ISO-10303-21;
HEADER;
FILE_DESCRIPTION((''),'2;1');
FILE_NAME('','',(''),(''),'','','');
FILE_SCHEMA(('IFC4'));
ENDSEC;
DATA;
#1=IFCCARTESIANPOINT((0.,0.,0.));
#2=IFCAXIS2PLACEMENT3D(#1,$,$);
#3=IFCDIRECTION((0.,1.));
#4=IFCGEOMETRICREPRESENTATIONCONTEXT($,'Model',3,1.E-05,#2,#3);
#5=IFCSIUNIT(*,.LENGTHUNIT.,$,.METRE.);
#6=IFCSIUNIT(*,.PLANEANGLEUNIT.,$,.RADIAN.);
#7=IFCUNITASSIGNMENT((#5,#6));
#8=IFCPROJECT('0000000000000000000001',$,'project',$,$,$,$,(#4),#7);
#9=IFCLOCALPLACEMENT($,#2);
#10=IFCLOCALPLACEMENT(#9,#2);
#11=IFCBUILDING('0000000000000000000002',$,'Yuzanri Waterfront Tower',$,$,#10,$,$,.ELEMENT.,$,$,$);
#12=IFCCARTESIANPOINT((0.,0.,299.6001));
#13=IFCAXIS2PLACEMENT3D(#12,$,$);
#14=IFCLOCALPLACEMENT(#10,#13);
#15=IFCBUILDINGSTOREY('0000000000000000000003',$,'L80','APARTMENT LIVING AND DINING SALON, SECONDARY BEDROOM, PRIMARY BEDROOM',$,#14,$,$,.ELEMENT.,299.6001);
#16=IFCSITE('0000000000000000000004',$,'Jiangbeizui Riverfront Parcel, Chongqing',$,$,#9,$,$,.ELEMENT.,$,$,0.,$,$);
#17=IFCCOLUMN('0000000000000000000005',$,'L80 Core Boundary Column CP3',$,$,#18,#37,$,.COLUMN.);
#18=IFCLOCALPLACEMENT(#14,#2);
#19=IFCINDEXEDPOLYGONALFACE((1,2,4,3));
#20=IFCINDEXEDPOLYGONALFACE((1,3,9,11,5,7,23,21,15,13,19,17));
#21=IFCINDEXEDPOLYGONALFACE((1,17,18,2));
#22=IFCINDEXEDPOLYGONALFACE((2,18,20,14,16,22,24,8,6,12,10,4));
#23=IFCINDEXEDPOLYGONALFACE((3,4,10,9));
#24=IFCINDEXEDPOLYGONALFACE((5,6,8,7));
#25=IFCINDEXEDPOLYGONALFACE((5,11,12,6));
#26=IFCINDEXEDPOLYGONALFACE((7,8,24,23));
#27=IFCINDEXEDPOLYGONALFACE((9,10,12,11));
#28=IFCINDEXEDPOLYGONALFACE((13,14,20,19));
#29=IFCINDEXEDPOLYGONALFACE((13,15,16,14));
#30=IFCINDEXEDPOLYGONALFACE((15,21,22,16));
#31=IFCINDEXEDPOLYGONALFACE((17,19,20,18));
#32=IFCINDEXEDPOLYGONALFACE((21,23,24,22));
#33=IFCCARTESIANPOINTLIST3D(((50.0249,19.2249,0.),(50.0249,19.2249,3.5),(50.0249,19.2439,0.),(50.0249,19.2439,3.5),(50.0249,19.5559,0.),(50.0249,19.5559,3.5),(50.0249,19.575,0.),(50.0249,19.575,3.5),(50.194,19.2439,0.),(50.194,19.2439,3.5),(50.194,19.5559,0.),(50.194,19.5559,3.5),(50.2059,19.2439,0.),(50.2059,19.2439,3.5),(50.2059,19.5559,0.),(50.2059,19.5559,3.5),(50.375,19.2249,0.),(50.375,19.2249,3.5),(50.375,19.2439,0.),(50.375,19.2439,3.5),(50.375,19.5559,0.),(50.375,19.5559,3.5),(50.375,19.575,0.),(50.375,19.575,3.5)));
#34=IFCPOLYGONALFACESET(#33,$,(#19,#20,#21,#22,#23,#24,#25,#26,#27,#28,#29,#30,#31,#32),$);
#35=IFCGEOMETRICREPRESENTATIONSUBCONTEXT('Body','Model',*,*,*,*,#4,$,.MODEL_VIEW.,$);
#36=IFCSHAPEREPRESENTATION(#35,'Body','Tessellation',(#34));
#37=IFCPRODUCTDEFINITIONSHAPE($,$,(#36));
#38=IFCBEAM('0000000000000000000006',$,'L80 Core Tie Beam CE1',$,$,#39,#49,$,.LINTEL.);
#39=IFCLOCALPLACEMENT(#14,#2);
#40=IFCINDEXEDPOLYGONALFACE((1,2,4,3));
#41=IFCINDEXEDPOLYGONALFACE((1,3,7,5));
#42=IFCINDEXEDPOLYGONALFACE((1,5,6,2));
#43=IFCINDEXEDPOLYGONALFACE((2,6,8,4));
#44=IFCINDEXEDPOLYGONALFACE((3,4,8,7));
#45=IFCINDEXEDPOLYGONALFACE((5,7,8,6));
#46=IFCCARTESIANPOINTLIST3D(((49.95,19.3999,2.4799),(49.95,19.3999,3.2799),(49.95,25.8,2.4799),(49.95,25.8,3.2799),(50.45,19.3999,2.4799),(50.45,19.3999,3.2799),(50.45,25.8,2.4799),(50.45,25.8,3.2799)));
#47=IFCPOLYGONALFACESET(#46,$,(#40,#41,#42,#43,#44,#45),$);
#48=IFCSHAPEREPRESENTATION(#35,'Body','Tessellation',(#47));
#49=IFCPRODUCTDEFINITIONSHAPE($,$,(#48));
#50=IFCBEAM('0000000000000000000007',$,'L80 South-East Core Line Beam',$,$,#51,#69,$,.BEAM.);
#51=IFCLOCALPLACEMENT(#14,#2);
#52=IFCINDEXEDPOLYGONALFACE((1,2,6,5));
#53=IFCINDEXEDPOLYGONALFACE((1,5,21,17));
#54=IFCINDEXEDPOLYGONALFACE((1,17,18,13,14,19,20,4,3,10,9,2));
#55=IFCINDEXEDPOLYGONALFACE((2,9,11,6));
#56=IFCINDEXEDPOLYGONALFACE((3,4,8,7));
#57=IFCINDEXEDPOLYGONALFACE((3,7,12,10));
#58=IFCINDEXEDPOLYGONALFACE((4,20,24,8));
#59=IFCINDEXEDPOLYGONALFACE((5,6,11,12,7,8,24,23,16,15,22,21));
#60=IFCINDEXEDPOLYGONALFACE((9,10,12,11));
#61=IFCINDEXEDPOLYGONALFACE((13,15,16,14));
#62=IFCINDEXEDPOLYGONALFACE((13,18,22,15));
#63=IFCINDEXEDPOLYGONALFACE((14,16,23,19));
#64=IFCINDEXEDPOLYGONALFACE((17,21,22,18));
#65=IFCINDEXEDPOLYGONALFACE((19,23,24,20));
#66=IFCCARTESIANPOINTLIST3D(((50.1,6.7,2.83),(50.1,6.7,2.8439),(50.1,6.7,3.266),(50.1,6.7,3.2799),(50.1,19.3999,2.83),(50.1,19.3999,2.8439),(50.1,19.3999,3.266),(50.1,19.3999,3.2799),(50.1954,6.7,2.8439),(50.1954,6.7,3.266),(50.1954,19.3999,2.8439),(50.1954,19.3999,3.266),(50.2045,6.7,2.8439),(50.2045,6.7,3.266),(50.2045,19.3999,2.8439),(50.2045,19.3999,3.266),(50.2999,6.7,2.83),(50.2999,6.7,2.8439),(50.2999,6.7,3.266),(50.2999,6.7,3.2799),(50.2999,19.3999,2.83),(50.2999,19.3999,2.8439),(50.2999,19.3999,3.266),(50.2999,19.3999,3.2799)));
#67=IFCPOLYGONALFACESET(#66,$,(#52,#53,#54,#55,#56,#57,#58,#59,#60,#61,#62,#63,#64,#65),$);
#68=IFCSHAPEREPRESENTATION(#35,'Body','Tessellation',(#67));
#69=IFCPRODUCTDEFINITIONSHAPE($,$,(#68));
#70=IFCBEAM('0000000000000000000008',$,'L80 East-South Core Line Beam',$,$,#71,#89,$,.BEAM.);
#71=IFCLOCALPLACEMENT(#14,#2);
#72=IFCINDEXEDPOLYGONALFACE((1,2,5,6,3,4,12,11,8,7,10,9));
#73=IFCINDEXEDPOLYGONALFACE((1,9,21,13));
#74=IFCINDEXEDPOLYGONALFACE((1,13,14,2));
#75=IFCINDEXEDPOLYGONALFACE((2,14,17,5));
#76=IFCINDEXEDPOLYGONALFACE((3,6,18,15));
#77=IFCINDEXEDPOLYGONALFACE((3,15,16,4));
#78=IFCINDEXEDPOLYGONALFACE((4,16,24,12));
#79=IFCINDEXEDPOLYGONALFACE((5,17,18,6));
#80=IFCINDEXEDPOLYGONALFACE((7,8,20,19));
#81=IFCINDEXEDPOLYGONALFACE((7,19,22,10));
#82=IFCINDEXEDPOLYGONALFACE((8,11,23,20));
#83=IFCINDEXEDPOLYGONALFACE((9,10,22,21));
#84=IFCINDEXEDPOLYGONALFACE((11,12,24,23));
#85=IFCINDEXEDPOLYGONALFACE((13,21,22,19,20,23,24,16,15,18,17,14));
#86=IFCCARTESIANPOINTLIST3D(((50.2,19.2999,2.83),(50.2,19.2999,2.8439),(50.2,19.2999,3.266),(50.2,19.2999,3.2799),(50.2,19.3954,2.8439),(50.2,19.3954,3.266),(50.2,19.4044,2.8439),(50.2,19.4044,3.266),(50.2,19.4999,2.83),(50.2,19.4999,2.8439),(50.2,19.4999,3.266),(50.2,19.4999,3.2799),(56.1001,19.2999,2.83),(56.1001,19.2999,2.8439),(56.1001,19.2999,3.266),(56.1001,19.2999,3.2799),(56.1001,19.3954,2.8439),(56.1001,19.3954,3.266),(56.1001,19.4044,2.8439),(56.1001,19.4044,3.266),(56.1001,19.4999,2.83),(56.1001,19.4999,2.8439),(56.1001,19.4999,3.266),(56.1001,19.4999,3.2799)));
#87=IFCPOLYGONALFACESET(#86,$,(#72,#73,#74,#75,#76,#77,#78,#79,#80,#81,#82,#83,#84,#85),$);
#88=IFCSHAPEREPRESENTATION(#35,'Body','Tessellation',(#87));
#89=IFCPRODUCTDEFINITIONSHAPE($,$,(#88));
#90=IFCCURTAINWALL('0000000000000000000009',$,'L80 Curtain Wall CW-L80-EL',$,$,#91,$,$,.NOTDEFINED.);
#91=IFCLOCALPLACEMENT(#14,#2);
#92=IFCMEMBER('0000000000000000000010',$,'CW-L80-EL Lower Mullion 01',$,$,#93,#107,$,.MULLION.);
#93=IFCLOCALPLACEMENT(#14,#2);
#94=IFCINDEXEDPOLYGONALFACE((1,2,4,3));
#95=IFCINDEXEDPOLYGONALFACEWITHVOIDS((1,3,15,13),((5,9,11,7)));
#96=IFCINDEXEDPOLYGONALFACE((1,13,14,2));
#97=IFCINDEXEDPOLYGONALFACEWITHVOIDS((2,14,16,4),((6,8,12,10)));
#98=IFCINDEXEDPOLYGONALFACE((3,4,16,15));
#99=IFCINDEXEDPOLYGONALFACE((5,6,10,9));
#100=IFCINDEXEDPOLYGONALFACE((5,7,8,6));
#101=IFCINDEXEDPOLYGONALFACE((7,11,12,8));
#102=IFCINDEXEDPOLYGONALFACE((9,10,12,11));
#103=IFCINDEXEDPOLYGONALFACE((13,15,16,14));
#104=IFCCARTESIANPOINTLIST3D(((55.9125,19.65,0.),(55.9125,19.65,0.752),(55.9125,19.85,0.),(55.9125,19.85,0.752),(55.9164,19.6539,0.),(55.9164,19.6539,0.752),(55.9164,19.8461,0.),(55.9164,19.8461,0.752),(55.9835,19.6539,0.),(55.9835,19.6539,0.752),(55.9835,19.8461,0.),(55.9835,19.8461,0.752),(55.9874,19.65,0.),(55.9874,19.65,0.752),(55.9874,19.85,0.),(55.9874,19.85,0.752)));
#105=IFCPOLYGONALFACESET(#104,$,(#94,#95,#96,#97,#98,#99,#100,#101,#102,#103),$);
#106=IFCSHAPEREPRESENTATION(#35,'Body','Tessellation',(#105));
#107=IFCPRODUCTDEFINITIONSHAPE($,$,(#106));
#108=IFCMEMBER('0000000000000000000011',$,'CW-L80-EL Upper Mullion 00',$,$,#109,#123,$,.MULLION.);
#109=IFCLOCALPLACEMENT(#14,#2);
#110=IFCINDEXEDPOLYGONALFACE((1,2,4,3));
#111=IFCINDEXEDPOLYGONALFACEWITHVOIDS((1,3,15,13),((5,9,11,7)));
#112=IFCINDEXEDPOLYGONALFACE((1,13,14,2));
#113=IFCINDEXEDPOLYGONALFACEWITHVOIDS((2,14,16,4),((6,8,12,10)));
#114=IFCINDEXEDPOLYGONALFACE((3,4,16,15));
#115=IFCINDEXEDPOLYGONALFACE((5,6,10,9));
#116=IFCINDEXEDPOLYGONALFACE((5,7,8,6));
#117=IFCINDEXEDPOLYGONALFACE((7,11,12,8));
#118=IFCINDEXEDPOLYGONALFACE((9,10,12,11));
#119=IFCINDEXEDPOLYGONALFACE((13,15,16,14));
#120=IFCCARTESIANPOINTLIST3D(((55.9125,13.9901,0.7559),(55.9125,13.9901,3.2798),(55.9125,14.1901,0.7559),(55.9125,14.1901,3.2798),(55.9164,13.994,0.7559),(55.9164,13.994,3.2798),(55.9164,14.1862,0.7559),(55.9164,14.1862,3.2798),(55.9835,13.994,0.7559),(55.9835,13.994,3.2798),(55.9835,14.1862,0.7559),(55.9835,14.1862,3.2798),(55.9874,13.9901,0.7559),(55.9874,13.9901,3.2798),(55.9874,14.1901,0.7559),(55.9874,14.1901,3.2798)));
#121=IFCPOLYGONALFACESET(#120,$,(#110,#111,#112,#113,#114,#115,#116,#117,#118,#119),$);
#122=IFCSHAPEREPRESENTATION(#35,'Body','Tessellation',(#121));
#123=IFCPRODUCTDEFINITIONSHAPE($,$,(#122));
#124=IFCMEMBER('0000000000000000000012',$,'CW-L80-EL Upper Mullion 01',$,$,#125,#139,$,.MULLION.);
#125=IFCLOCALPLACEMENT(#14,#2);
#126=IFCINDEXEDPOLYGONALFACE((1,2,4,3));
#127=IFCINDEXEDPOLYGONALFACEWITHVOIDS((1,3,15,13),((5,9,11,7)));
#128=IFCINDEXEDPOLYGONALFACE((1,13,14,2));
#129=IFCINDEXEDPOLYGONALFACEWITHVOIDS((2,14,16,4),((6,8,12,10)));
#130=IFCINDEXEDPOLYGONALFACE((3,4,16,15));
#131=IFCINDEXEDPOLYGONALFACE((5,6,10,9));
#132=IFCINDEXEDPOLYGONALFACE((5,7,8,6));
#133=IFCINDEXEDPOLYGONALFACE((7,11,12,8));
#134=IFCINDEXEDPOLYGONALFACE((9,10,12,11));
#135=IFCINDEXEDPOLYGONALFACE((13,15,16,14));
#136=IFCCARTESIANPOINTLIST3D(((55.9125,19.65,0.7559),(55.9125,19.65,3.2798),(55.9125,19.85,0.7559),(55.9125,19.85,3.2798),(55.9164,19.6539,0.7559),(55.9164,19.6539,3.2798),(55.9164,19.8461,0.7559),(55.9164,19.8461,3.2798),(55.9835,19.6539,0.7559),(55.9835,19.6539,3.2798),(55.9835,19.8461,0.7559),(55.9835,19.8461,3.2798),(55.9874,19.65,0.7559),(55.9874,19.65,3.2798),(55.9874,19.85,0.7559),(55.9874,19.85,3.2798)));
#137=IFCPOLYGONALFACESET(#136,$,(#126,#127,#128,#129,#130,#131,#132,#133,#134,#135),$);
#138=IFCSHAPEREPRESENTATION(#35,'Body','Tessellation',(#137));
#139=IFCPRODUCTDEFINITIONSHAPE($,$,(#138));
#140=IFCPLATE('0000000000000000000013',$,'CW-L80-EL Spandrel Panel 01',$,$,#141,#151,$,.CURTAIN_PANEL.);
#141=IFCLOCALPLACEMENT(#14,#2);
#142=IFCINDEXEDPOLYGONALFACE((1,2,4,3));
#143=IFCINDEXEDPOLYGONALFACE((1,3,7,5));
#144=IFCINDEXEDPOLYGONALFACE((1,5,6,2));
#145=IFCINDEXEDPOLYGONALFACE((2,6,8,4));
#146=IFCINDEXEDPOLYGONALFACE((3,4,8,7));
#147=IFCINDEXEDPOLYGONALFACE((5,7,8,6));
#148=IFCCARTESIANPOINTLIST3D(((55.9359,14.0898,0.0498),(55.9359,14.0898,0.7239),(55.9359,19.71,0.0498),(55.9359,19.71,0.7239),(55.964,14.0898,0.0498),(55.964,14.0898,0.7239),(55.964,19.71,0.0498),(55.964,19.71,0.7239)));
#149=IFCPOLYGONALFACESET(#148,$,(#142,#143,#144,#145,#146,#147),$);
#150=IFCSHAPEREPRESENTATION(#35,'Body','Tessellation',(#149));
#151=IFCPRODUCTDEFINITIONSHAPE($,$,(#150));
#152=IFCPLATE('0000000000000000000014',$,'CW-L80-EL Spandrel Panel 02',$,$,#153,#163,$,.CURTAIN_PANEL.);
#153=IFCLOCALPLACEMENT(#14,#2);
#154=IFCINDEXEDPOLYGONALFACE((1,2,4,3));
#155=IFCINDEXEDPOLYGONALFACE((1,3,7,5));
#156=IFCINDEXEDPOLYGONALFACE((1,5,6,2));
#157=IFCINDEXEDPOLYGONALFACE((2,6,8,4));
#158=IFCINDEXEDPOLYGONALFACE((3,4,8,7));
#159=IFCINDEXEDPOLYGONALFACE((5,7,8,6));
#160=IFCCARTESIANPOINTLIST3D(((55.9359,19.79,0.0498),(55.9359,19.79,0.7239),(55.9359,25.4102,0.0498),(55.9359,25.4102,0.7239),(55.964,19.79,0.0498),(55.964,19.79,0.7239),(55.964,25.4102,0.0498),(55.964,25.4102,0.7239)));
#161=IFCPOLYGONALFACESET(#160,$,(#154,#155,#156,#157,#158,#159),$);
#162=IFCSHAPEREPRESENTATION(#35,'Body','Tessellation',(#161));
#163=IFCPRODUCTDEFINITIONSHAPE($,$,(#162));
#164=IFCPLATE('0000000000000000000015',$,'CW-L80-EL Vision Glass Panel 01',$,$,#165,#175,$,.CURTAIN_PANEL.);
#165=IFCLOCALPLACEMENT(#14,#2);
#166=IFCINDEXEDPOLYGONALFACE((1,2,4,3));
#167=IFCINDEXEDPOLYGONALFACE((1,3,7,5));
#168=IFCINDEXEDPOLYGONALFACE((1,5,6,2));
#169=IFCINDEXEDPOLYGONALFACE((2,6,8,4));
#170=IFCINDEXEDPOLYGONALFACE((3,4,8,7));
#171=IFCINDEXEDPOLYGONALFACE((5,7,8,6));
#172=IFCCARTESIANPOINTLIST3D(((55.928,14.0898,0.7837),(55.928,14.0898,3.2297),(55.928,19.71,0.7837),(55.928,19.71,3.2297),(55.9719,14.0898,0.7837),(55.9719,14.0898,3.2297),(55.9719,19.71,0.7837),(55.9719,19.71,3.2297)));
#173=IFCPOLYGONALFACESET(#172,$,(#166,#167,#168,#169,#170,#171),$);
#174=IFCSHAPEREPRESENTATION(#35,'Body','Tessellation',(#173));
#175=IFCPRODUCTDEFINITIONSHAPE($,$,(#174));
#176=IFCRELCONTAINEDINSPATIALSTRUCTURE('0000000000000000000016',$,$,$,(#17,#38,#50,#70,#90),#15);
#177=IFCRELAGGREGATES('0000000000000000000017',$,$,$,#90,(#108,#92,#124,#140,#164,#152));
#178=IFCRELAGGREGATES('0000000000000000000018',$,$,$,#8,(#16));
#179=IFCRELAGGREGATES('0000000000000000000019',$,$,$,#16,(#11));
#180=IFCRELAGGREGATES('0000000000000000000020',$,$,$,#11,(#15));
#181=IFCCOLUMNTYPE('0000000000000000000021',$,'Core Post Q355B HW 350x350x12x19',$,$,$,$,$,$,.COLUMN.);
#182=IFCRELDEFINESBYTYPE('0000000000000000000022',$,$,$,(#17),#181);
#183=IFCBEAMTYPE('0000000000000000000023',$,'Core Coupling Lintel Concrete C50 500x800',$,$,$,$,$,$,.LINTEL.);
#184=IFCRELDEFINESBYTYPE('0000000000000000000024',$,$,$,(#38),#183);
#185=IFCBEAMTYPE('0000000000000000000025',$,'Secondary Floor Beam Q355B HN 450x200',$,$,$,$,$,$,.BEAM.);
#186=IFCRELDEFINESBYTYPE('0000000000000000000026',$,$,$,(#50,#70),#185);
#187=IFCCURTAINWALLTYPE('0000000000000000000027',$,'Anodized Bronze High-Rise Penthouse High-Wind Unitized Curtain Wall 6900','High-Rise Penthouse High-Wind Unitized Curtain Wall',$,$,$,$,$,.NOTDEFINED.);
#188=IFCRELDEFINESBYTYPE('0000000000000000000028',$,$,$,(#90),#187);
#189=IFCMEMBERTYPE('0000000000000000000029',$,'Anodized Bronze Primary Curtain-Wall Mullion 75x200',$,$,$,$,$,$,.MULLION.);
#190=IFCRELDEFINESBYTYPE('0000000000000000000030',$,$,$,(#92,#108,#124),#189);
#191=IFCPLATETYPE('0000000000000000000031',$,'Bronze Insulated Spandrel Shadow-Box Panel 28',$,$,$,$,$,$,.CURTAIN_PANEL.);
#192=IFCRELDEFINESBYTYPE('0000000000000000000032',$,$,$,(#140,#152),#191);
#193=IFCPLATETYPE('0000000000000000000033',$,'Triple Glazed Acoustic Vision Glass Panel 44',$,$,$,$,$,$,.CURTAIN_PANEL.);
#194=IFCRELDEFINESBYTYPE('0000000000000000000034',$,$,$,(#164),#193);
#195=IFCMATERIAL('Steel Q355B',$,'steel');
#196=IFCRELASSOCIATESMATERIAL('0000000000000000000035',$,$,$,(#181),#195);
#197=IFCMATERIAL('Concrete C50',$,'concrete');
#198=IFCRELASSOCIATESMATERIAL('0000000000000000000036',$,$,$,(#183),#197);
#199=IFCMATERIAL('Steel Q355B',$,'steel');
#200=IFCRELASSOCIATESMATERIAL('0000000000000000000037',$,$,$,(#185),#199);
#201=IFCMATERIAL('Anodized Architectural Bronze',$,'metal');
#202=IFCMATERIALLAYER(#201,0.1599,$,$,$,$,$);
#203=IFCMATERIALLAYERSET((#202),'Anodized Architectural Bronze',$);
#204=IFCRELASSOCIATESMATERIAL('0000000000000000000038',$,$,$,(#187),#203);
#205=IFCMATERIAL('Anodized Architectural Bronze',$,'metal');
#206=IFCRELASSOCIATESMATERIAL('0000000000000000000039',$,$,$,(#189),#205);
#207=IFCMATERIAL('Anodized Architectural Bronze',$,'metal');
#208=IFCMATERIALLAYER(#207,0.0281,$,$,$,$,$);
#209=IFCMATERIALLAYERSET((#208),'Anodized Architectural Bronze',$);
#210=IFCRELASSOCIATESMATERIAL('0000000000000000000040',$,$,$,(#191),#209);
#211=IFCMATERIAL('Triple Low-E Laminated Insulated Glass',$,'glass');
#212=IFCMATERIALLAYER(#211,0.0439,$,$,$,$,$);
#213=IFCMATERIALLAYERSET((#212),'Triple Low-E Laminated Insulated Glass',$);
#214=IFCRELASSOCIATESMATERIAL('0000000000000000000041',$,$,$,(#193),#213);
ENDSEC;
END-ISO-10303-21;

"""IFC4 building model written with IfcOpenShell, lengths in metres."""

from ifc_helpers import new_model, si_unit, direction, frame, origin, origin_2d, place, context, subcontext, project, spatial, rectangle, hollow_rectangle, i_section, extrude, source, transform, mapped, material, layer, layer_set, material_profile, profile_set, type_object, element, aggregate, save


model = new_model("IFC4")

# Units and contexts
model_context = context("Model", 3, precision=1e-05, world=origin(), true_north=direction((0.0, 1.0)))
body_context = subcontext(model_context, "Body", "Model", "MODEL_VIEW")
ifc_project = project(units=[si_unit("LENGTHUNIT", "METRE"), si_unit("PLANEANGLEUNIT", "RADIAN")], contexts=[model_context])

# Site, building, storey
site_placement = place(None, origin())
site = spatial("IfcSite", under=ifc_project, at=site_placement, Name="Jiangbeizui Riverfront Parcel, Chongqing", CompositionType="ELEMENT", RefElevation=0.0)
building_placement = place(site_placement, origin())
building = spatial("IfcBuilding", under=site, at=building_placement, Name="Yuzanri Waterfront Tower", CompositionType="ELEMENT")
storey_placement = place(building_placement, frame((0.0, 0.0, 299.6001)))
storey = spatial("IfcBuildingStorey", under=building, at=storey_placement, Name="L80", Description="APARTMENT LIVING AND DINING SALON, SECONDARY BEDROOM, PRIMARY BEDROOM", CompositionType="ELEMENT", Elevation=299.6001)

# Column
ifc_material_1 = material(Name="Steel Q355B", Category="steel")
ifc_material_profile_1 = material_profile(ifc_material_1, i_section(OverallWidth=0.3501, OverallDepth=0.3501, WebThickness=0.012, FlangeThickness=0.019, at=origin_2d()), Name="HW 350x350x12x19")
ifc_profile_set_1 = profile_set([ifc_material_profile_1], Name="Steel Q355B")
column_type = type_object("IfcColumnType", Name="Core Post Q355B HW 350x350x12x19", PredefinedType="COLUMN", material=ifc_profile_set_1)
shared_shape_1 = source(origin(), body_context, "Body", "SweptSolid", [
    extrude(i_section(OverallWidth=0.3501, OverallDepth=0.3501, WebThickness=0.012, FlangeThickness=0.019, at=origin_2d()), origin(), (0.0, 0.0, 1.0), 3.5),
])
column_placement = place(storey_placement, frame((50.2, 19.3999, 0.0), z_axis=(0.0, 0.0, 1.0), x_axis=(1.0, 0.0, 0.0)))
element("IfcColumn", 1, at=column_placement, inside=storey, type_object=column_type, Name="L80 Core Boundary Column CP3", PredefinedType="COLUMN", context=body_context, shape_type="MappedRepresentation", body=[
    mapped(shared_shape_1, transform((0.0, 0.0, 0.0), scale=1.0)),
])

# Beams
ifc_material_2 = material(Name="Concrete C50", Category="concrete")
ifc_material_profile_2 = material_profile(ifc_material_2, rectangle(XDim=0.5, YDim=0.8, at=origin_2d()), Name="RC 500x800")
ifc_profile_set_2 = profile_set([ifc_material_profile_2], Name="Concrete C50")
beam_type_1 = type_object("IfcBeamType", Name="Core Coupling Lintel Concrete C50 500x800", PredefinedType="LINTEL", material=ifc_profile_set_2)
shared_shape_2 = source(origin(), body_context, "Body", "SweptSolid", [
    extrude(rectangle(XDim=0.5, YDim=0.8, at=origin_2d()), origin(), (0.0, 0.0, 1.0), 6.4001),
])
beam_1_placement = place(storey_placement, frame((50.2, 19.3999, 2.8799), z_axis=(0.0, 1.0, 0.0), x_axis=(-1.0, 0.0, 0.0)))
element("IfcBeam", 2, at=beam_1_placement, inside=storey, type_object=beam_type_1, Name="L80 Core Tie Beam CE1", PredefinedType="LINTEL", context=body_context, shape_type="MappedRepresentation", body=[
    mapped(shared_shape_2, transform((0.0, 0.0, 0.0), scale=1.0)),
])
ifc_material_3 = material(Name="Steel Q355B", Category="steel")
ifc_material_profile_3 = material_profile(ifc_material_3, i_section(OverallWidth=0.2, OverallDepth=0.45, WebThickness=0.009, FlangeThickness=0.0139, at=origin_2d()), Name="HN 450x200x9x14")
ifc_profile_set_3 = profile_set([ifc_material_profile_3], Name="Steel Q355B")
beam_type_2 = type_object("IfcBeamType", Name="Secondary Floor Beam Q355B HN 450x200", PredefinedType="BEAM", material=ifc_profile_set_3)
shared_shape_3 = source(origin(), body_context, "Body", "SweptSolid", [
    extrude(i_section(OverallWidth=0.2, OverallDepth=0.45, WebThickness=0.009, FlangeThickness=0.0139, at=origin_2d()), origin(), (0.0, 0.0, 1.0), 12.7),
])
beam_2_placement = place(storey_placement, frame((50.2, 19.3999, 3.0549), z_axis=(0.0, -1.0, 0.0), x_axis=(1.0, 0.0, 0.0)))
element("IfcBeam", 3, at=beam_2_placement, inside=storey, type_object=beam_type_2, Name="L80 South-East Core Line Beam", PredefinedType="BEAM", context=body_context, shape_type="MappedRepresentation", body=[
    mapped(shared_shape_3, transform((0.0, 0.0, 0.0), scale=1.0)),
])
shared_shape_4 = source(origin(), body_context, "Body", "SweptSolid", [
    extrude(i_section(OverallWidth=0.2, OverallDepth=0.45, WebThickness=0.009, FlangeThickness=0.0139, at=origin_2d()), origin(), (0.0, 0.0, 1.0), 5.9001),
])
beam_3_placement = place(storey_placement, frame((50.2, 19.3999, 3.0549), z_axis=(1.0, 0.0, 0.0), x_axis=(0.0, 1.0, 0.0)))
element("IfcBeam", 4, at=beam_3_placement, inside=storey, type_object=beam_type_2, Name="L80 East-South Core Line Beam", PredefinedType="BEAM", context=body_context, shape_type="MappedRepresentation", body=[
    mapped(shared_shape_4, transform((0.0, 0.0, 0.0), scale=1.0)),
])

# Curtain wall, members, plates
ifc_material_4 = material(Name="Anodized Architectural Bronze", Category="metal")
ifc_layer_1 = layer(ifc_material_4, 0.1599)
ifc_layer_set_1 = layer_set([ifc_layer_1], Name="Anodized Architectural Bronze")
curtain_wall_type = type_object("IfcCurtainWallType", Name="Anodized Bronze High-Rise Penthouse High-Wind Unitized Curtain Wall 6900", Description="High-Rise Penthouse High-Wind Unitized Curtain Wall", PredefinedType="NOTDEFINED", material=ifc_layer_set_1)
curtain_wall_placement = place(storey_placement, origin())
curtain_wall = element("IfcCurtainWall", 5, at=curtain_wall_placement, inside=storey, type_object=curtain_wall_type, Name="L80 Curtain Wall CW-L80-EL", PredefinedType="NOTDEFINED")
ifc_material_5 = material(Name="Anodized Architectural Bronze", Category="metal")
ifc_material_profile_4 = material_profile(ifc_material_5, hollow_rectangle(XDim=0.075, YDim=0.2, WallThickness=0.0039, at=origin_2d()), Name="CWM 75x200")
ifc_profile_set_4 = profile_set([ifc_material_profile_4], Name="Anodized Architectural Bronze")
member_type = type_object("IfcMemberType", Name="Anodized Bronze Primary Curtain-Wall Mullion 75x200", PredefinedType="MULLION", material=ifc_profile_set_4)
shared_shape_5 = source(origin(), body_context, "Body", "SweptSolid", [
    extrude(hollow_rectangle(XDim=0.075, YDim=0.2, WallThickness=0.0039, at=origin_2d()), origin(), (0.0, 0.0, 1.0), 0.752),
])
member_1_placement = place(storey_placement, frame((55.95, 19.75, 0.0), z_axis=(0.0, 0.0, 1.0), x_axis=(1.0, 0.0, 0.0)))
member_1 = element("IfcMember", 6, at=member_1_placement, type_object=member_type, Name="CW-L80-EL Lower Mullion 01", PredefinedType="MULLION", context=body_context, shape_type="MappedRepresentation", body=[
    mapped(shared_shape_5, transform((0.0, 0.0, 0.0), scale=1.0)),
])
shared_shape_6 = source(origin(), body_context, "Body", "SweptSolid", [
    extrude(hollow_rectangle(XDim=0.075, YDim=0.2, WallThickness=0.0039, at=origin_2d()), origin(), (0.0, 0.0, 1.0), 2.5239),
])
member_2_placement = place(storey_placement, frame((55.95, 14.0901, 0.7559), z_axis=(0.0, 0.0, 1.0), x_axis=(1.0, 0.0, 0.0)))
member_2 = element("IfcMember", 7, at=member_2_placement, type_object=member_type, Name="CW-L80-EL Upper Mullion 00", PredefinedType="MULLION", context=body_context, shape_type="MappedRepresentation", body=[
    mapped(shared_shape_6, transform((0.0, 0.0, 0.0), scale=1.0)),
])
member_3_placement = place(storey_placement, frame((55.95, 19.75, 0.7559), z_axis=(0.0, 0.0, 1.0), x_axis=(1.0, 0.0, 0.0)))
member_3 = element("IfcMember", 8, at=member_3_placement, type_object=member_type, Name="CW-L80-EL Upper Mullion 01", PredefinedType="MULLION", context=body_context, shape_type="MappedRepresentation", body=[
    mapped(shared_shape_6, transform((0.0, 0.0, 0.0), scale=1.0)),
])
ifc_material_6 = material(Name="Anodized Architectural Bronze", Category="metal")
ifc_layer_2 = layer(ifc_material_6, 0.0281)
ifc_layer_set_2 = layer_set([ifc_layer_2], Name="Anodized Architectural Bronze")
plate_type_1 = type_object("IfcPlateType", Name="Bronze Insulated Spandrel Shadow-Box Panel 28", PredefinedType="CURTAIN_PANEL", material=ifc_layer_set_2)
shared_shape_7 = source(origin(), body_context, "Body", "SweptSolid", [
    extrude(rectangle(XDim=5.6201, YDim=0.0281, at=origin_2d()), origin(), (0.0, 0.0, 1.0), 0.6741),
])
plate_1_placement = place(storey_placement, frame((55.95, 16.8999, 0.0498), z_axis=(0.0, 0.0, 1.0), x_axis=(0.0, 1.0, 0.0)))
plate_1 = element("IfcPlate", 9, at=plate_1_placement, type_object=plate_type_1, Name="CW-L80-EL Spandrel Panel 01", PredefinedType="CURTAIN_PANEL", context=body_context, shape_type="MappedRepresentation", body=[
    mapped(shared_shape_7, transform((0.0, 0.0, 0.0), scale=1.0)),
])
plate_2_placement = place(storey_placement, frame((55.95, 22.6001, 0.0498), z_axis=(0.0, 0.0, 1.0), x_axis=(0.0, 1.0, 0.0)))
plate_2 = element("IfcPlate", 10, at=plate_2_placement, type_object=plate_type_1, Name="CW-L80-EL Spandrel Panel 02", PredefinedType="CURTAIN_PANEL", context=body_context, shape_type="MappedRepresentation", body=[
    mapped(shared_shape_7, transform((0.0, 0.0, 0.0), scale=1.0)),
])
ifc_material_7 = material(Name="Triple Low-E Laminated Insulated Glass", Category="glass")
ifc_layer_3 = layer(ifc_material_7, 0.0439)
ifc_layer_set_3 = layer_set([ifc_layer_3], Name="Triple Low-E Laminated Insulated Glass")
plate_type_2 = type_object("IfcPlateType", Name="Triple Glazed Acoustic Vision Glass Panel 44", PredefinedType="CURTAIN_PANEL", material=ifc_layer_set_3)
shared_shape_8 = source(origin(), body_context, "Body", "SweptSolid", [
    extrude(rectangle(XDim=5.6201, YDim=0.0439, at=origin_2d()), origin(), (0.0, 0.0, 1.0), 2.446),
])
plate_3_placement = place(storey_placement, frame((55.95, 16.8999, 0.7837), z_axis=(0.0, 0.0, 1.0), x_axis=(0.0, 1.0, 0.0)))
plate_3 = element("IfcPlate", 11, at=plate_3_placement, type_object=plate_type_2, Name="CW-L80-EL Vision Glass Panel 01", PredefinedType="CURTAIN_PANEL", context=body_context, shape_type="MappedRepresentation", body=[
    mapped(shared_shape_8, transform((0.0, 0.0, 0.0), scale=1.0)),
])
aggregate(curtain_wall, [member_2, member_1, member_3, plate_1, plate_3, plate_2])

save(model, "model.ifc")
